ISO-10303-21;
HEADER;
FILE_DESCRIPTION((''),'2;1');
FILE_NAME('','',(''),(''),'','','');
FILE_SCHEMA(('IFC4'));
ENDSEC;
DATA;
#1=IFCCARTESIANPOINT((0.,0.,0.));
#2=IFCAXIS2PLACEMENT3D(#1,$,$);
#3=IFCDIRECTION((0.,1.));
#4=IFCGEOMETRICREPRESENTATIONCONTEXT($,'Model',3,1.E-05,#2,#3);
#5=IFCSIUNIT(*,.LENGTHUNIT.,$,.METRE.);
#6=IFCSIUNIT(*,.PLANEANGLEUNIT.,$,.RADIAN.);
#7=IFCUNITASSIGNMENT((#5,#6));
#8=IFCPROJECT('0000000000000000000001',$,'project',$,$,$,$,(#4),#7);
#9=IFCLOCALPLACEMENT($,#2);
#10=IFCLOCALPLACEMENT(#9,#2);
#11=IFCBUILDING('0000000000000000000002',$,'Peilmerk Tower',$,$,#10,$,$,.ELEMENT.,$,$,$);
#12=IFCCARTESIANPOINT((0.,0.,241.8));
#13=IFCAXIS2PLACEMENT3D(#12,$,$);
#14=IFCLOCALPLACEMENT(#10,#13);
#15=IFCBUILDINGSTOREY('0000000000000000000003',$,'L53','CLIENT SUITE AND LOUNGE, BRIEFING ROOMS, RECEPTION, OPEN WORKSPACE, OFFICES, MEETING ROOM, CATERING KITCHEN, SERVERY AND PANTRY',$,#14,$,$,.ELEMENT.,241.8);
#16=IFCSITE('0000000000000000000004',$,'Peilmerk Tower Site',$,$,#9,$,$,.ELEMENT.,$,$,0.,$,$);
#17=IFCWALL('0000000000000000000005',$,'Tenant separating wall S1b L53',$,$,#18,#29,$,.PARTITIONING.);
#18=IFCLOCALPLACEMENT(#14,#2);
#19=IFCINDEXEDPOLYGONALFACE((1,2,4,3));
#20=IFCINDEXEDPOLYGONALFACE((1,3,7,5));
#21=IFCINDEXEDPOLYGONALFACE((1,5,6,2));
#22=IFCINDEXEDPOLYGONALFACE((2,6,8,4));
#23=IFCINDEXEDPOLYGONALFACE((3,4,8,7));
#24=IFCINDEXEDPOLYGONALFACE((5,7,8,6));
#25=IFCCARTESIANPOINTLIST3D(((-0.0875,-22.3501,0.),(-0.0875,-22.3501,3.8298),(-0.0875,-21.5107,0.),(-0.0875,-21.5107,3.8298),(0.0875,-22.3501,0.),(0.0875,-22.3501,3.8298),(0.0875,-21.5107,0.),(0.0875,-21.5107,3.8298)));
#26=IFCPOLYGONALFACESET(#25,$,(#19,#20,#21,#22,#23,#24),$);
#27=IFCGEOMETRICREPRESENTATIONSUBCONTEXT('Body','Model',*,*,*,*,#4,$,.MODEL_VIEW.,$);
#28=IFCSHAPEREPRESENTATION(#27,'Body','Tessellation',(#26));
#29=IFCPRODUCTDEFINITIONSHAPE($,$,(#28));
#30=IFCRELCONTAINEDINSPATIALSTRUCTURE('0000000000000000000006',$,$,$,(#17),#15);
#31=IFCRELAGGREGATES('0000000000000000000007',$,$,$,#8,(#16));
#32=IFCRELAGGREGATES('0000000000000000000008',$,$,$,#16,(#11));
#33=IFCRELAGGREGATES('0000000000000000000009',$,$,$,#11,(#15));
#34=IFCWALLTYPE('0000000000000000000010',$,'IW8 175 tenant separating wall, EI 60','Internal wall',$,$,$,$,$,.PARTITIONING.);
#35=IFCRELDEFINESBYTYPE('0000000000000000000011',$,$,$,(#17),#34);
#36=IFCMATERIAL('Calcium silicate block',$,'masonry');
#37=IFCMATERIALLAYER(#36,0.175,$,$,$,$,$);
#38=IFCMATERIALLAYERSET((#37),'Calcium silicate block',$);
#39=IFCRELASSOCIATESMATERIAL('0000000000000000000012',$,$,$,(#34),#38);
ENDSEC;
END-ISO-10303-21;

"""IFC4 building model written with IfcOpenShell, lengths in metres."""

from ifc_helpers import new_model, si_unit, direction, frame, frame_2d, origin, place, context, subcontext, project, spatial, rectangle, extrude, material, layer, layer_set, type_object, element, save


model = new_model("IFC4")

# Units and contexts
model_context = context("Model", 3, precision=1e-05, world=origin(), true_north=direction((0.0, 1.0)))
body_context = subcontext(model_context, "Body", "Model", "MODEL_VIEW")
ifc_project = project(units=[si_unit("LENGTHUNIT", "METRE"), si_unit("PLANEANGLEUNIT", "RADIAN")], contexts=[model_context])

# Site, building, storey
site_placement = place(None, origin())
site = spatial("IfcSite", under=ifc_project, at=site_placement, Name="Peilmerk Tower Site", CompositionType="ELEMENT", RefElevation=0.0)
building_placement = place(site_placement, origin())
building = spatial("IfcBuilding", under=site, at=building_placement, Name="Peilmerk Tower", CompositionType="ELEMENT")
storey_placement = place(building_placement, frame((0.0, 0.0, 241.8)))
storey = spatial("IfcBuildingStorey", under=building, at=storey_placement, Name="L53", Description="CLIENT SUITE AND LOUNGE, BRIEFING ROOMS, RECEPTION, OPEN WORKSPACE, OFFICES, MEETING ROOM, CATERING KITCHEN, SERVERY AND PANTRY", CompositionType="ELEMENT", Elevation=241.8)

# Wall
ifc_material_1 = material(Name="Calcium silicate block", Category="masonry")
ifc_layer_1 = layer(ifc_material_1, 0.175)
ifc_layer_set_1 = layer_set([ifc_layer_1], Name="Calcium silicate block")
wall_type = type_object("IfcWallType", Name="IW8 175 tenant separating wall, EI 60", Description="Internal wall", PredefinedType="PARTITIONING", material=ifc_layer_set_1)
wall_1_placement = place(storey_placement, frame((0.0, -21.5107, 0.0), z_axis=(0.0, 0.0, 1.0), x_axis=(0.0, -1.0, 0.0)))
element("IfcWall", 1, at=wall_1_placement, inside=storey, type_object=wall_type, Name="Tenant separating wall S1b L53", PredefinedType="PARTITIONING", context=body_context, shape_type="SweptSolid", body=[
    extrude(rectangle(XDim=0.8394, YDim=0.175, at=frame_2d((0.4197, 0.0))), origin(), (0.0, 0.0, 1.0), 3.8298),
])

save(model, "model.ifc")
